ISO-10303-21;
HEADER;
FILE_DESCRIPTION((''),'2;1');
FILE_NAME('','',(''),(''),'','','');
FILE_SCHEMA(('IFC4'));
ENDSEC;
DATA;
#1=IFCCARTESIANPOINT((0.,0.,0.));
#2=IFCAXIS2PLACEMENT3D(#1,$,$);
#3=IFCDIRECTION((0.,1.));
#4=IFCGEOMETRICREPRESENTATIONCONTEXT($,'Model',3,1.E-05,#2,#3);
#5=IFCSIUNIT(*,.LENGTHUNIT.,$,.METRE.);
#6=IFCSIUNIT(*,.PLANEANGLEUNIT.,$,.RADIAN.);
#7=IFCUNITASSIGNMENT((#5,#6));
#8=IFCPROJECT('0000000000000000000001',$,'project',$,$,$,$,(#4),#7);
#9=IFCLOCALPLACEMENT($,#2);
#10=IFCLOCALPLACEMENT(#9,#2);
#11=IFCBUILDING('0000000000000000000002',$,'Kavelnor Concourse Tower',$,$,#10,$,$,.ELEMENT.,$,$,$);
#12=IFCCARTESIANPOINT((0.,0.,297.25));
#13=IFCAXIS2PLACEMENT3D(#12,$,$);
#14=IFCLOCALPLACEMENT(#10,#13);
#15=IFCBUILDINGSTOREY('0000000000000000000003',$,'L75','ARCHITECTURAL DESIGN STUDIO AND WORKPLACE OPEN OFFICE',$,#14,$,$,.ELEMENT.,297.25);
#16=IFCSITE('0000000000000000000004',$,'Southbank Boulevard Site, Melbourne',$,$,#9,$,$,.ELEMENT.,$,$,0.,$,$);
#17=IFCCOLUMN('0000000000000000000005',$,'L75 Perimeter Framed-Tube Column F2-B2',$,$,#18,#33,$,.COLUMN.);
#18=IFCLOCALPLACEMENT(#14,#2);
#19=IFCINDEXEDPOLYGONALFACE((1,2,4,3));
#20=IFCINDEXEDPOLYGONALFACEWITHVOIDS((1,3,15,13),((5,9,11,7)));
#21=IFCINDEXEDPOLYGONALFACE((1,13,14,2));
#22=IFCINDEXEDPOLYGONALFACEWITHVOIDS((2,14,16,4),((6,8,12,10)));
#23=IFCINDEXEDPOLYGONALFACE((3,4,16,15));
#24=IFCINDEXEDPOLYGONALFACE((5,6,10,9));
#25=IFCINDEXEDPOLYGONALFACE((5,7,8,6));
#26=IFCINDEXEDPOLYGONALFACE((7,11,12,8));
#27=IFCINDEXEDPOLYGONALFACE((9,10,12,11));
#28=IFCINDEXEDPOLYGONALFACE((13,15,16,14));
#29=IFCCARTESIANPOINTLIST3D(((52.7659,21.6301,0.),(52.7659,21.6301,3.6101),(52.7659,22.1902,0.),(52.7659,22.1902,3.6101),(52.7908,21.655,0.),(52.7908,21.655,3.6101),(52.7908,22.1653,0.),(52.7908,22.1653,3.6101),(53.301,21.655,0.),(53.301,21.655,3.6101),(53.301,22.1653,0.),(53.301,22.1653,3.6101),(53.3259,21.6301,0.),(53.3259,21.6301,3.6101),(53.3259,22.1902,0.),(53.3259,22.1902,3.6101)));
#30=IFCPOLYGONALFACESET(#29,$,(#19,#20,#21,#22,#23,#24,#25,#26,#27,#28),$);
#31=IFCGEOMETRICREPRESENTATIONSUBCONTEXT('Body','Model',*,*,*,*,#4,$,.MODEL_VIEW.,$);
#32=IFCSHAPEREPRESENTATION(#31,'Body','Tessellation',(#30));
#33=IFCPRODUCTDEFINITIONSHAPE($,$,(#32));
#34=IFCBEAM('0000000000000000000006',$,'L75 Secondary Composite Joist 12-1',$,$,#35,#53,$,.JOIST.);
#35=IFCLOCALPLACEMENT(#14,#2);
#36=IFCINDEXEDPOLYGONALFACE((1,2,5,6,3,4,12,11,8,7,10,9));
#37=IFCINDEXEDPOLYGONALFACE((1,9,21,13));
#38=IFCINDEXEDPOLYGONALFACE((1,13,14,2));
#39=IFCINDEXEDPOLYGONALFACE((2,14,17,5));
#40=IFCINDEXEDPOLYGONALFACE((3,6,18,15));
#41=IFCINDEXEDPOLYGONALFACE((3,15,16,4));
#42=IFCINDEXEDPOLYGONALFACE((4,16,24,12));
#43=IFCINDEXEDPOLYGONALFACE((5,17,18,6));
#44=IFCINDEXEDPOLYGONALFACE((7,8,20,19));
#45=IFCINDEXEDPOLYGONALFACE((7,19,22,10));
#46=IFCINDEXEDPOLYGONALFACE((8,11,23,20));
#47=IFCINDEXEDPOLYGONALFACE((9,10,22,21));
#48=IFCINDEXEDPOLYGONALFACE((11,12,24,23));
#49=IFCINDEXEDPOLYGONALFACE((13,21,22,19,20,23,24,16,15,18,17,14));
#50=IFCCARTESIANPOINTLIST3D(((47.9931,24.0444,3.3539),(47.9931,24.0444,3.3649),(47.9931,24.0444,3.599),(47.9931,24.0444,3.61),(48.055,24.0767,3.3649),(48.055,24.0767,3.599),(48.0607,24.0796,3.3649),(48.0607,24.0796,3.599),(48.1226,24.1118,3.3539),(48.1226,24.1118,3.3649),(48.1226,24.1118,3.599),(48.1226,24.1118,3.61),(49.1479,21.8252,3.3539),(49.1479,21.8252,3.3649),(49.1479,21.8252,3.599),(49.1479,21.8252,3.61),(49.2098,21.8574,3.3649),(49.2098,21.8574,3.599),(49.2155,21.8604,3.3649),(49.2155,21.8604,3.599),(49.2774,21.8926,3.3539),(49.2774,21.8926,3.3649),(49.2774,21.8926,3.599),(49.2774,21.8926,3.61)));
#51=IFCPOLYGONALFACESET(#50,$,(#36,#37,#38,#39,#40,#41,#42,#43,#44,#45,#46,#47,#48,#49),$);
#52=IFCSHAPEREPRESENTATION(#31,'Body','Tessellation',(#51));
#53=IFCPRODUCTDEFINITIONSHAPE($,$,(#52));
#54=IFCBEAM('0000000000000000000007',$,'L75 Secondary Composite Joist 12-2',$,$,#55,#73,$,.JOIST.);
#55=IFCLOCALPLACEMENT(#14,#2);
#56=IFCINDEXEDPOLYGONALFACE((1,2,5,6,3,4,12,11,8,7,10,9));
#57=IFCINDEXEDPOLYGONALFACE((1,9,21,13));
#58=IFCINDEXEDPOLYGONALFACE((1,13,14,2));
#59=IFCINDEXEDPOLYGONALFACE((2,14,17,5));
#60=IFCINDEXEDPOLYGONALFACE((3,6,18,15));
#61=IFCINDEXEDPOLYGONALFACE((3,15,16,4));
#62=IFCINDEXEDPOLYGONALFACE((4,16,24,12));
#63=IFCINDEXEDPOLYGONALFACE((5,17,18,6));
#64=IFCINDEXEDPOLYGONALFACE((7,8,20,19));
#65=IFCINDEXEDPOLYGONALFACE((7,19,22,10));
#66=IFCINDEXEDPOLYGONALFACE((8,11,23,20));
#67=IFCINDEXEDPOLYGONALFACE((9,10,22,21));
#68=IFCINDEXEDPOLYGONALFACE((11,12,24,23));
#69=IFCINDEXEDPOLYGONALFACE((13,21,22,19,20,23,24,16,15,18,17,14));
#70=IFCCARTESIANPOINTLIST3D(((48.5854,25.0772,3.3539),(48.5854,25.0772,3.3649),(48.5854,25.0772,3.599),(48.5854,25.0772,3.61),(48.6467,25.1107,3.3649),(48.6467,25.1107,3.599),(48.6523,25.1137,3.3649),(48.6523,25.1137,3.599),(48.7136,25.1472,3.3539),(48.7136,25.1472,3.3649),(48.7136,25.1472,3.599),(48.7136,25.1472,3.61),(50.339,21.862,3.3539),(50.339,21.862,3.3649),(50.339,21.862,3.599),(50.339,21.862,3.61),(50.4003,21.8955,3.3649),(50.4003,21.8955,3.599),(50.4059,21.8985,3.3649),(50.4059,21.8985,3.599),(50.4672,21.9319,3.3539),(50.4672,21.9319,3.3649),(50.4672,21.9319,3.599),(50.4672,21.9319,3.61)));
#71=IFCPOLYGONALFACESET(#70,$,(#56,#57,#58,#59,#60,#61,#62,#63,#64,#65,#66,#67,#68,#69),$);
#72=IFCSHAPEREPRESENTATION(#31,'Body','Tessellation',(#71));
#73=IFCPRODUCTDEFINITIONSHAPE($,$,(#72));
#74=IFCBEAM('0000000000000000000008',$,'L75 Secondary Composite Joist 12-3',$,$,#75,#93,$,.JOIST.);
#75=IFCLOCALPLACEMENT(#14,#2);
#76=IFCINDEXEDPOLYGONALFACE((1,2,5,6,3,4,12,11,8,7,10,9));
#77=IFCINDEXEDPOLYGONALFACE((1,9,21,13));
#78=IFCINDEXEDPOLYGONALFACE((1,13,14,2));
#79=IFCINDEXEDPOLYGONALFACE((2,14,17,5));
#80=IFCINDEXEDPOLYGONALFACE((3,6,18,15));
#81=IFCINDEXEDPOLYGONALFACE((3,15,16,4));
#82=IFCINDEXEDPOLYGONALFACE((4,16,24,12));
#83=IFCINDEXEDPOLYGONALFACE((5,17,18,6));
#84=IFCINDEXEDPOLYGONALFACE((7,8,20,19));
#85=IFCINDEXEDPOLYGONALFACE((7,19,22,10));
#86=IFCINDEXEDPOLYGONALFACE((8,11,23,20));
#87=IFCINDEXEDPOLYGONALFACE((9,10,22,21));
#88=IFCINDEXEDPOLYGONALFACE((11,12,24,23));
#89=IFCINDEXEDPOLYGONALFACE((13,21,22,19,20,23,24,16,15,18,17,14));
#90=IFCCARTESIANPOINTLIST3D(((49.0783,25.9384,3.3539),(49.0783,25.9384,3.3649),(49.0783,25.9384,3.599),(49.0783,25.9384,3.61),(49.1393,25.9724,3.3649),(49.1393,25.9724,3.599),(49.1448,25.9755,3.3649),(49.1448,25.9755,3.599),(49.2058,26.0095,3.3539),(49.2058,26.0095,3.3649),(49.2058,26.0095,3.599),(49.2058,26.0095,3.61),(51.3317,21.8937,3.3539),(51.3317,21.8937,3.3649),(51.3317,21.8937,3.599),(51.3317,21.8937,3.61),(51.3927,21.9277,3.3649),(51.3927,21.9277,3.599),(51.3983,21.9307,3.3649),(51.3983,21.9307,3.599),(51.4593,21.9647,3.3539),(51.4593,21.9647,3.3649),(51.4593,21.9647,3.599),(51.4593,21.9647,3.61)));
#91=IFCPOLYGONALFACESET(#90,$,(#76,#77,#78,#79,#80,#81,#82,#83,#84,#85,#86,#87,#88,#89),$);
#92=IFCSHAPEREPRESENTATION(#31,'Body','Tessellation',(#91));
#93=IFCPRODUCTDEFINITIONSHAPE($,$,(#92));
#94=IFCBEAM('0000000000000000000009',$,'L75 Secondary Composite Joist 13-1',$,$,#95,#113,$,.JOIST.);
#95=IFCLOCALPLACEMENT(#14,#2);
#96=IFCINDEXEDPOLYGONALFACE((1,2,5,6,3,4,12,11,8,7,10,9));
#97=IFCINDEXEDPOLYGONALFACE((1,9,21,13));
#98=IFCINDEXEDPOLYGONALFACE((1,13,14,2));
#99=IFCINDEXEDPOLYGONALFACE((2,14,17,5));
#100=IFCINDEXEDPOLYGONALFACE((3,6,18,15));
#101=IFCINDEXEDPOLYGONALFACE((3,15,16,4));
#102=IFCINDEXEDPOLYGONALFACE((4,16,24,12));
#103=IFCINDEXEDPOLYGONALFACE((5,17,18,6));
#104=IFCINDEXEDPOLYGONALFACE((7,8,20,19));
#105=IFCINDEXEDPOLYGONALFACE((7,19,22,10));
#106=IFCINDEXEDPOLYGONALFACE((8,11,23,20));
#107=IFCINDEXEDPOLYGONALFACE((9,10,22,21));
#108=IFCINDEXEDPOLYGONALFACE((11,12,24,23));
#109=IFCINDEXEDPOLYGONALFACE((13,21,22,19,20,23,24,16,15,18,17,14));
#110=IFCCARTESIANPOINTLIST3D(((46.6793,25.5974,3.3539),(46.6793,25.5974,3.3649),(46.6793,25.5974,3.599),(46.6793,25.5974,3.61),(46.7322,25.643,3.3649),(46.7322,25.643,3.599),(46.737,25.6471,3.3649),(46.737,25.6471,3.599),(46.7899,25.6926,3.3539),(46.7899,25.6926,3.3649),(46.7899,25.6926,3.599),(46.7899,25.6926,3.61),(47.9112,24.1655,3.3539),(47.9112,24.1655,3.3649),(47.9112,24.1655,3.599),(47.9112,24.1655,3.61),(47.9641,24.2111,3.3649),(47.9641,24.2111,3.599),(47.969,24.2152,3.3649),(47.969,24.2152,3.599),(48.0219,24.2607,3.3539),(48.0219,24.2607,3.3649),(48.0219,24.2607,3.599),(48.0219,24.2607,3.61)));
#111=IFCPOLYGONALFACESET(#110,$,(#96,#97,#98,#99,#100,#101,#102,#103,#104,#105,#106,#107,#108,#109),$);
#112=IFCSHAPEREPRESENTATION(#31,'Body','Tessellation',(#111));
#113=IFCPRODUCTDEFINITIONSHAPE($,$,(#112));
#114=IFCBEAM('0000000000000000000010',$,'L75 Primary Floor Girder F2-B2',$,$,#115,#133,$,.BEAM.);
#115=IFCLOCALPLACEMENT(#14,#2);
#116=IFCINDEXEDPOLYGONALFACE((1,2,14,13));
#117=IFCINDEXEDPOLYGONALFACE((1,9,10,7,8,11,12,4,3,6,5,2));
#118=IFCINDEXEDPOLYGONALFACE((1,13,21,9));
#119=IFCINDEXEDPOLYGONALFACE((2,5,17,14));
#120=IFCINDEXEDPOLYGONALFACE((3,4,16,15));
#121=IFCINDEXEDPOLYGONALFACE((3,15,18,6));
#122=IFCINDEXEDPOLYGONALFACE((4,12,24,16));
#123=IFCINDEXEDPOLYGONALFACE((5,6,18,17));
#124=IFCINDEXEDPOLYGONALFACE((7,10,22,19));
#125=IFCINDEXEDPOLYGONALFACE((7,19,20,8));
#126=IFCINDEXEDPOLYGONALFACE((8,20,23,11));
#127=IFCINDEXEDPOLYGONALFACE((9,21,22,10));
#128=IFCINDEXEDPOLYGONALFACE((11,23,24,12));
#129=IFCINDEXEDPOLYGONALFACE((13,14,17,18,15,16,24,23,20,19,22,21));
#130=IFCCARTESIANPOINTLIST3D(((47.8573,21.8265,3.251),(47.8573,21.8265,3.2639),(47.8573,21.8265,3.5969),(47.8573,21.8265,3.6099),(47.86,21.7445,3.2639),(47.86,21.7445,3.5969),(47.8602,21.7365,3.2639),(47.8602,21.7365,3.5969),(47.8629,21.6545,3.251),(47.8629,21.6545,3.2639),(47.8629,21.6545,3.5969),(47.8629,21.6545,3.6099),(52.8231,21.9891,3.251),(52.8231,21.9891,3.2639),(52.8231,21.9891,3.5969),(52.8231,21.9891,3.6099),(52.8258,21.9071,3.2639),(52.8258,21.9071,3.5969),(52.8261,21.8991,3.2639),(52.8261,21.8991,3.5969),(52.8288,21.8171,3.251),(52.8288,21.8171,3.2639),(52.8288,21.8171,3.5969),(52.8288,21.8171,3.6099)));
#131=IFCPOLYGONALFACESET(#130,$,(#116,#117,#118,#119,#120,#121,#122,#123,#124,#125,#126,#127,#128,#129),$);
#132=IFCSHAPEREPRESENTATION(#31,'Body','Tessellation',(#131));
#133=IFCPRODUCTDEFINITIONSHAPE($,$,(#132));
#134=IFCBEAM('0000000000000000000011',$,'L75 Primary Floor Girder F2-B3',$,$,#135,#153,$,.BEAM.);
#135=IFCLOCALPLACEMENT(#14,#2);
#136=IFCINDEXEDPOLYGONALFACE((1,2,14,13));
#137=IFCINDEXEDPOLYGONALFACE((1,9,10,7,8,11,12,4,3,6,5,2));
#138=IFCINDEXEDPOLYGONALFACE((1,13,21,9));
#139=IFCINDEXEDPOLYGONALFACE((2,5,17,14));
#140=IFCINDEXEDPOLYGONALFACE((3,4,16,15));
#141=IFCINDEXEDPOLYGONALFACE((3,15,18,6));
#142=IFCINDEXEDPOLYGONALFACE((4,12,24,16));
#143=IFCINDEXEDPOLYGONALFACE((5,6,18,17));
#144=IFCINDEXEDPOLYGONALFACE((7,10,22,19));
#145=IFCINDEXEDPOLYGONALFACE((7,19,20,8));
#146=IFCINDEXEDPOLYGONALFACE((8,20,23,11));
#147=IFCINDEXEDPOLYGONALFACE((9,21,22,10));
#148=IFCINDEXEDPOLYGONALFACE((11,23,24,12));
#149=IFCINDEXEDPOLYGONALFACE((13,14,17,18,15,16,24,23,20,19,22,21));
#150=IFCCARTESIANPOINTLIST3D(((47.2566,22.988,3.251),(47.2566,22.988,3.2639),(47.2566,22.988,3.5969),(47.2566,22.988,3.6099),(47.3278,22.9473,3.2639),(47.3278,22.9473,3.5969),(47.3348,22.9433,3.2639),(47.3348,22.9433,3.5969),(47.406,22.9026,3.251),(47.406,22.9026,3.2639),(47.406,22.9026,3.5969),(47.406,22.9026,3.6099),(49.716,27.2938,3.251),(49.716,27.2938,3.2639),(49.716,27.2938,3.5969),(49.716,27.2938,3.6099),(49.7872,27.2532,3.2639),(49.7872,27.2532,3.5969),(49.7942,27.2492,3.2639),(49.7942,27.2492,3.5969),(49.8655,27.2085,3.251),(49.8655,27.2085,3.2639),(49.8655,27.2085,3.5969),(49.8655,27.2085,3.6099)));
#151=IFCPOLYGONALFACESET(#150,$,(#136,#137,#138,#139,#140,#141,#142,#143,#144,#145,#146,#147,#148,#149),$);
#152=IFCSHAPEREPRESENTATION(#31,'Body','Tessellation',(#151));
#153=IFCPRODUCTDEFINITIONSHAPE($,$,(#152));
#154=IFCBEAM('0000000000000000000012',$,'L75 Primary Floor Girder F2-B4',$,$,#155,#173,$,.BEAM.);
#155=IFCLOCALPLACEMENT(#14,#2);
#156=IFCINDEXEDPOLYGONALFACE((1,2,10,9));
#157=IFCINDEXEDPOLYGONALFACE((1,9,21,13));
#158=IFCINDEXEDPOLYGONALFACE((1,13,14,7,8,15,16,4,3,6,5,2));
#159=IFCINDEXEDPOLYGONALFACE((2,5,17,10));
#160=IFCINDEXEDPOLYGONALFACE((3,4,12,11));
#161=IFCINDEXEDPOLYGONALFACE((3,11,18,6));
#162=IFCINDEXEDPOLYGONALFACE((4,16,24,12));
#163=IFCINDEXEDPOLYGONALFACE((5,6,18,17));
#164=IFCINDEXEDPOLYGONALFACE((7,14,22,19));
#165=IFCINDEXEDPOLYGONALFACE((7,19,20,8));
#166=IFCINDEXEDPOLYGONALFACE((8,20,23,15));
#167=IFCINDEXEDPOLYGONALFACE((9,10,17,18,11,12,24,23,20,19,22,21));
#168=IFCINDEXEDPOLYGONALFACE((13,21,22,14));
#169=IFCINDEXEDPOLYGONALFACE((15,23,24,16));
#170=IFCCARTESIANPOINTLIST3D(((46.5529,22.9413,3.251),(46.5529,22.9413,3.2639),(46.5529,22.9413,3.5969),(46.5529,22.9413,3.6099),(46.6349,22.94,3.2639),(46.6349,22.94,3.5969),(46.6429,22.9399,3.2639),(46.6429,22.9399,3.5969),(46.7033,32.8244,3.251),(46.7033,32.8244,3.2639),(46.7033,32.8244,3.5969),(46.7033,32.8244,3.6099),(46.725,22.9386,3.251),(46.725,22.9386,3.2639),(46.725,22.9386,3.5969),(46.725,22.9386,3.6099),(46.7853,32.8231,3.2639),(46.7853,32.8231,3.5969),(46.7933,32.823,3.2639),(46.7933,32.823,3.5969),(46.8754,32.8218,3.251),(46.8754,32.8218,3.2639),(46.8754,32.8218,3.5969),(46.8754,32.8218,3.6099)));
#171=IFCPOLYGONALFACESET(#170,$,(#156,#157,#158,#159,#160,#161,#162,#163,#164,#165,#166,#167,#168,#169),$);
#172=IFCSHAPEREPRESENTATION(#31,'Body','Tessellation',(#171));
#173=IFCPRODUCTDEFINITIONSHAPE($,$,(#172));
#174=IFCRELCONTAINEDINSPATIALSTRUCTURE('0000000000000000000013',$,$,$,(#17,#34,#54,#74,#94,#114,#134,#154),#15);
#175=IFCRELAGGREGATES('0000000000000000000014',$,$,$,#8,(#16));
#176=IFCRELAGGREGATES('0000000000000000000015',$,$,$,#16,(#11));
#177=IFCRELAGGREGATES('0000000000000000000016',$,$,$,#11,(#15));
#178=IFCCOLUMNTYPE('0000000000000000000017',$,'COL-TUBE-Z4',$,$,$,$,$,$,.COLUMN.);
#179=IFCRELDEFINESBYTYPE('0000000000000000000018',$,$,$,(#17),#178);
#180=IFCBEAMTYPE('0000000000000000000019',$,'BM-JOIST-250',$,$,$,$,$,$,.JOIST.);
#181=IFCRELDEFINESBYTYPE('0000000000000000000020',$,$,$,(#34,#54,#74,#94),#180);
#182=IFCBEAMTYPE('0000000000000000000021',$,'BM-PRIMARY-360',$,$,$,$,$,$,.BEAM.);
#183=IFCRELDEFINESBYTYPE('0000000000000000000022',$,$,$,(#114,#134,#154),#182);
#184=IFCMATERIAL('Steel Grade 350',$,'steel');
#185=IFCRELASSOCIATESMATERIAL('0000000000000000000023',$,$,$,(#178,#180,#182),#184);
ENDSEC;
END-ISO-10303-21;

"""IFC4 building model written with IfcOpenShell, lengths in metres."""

from ifc_helpers import new_model, si_unit, direction, frame, origin, origin_2d, place, context, subcontext, project, spatial, hollow_rectangle, i_section, extrude, material, material_profile, profile_set, type_object, element, save


model = new_model("IFC4")

# Units and contexts
model_context = context("Model", 3, precision=1e-05, world=origin(), true_north=direction((0.0, 1.0)))
body_context = subcontext(model_context, "Body", "Model", "MODEL_VIEW")
ifc_project = project(units=[si_unit("LENGTHUNIT", "METRE"), si_unit("PLANEANGLEUNIT", "RADIAN")], contexts=[model_context])

# Site, building, storey
site_placement = place(None, origin())
site = spatial("IfcSite", under=ifc_project, at=site_placement, Name="Southbank Boulevard Site, Melbourne", CompositionType="ELEMENT", RefElevation=0.0)
building_placement = place(site_placement, origin())
building = spatial("IfcBuilding", under=site, at=building_placement, Name="Kavelnor Concourse Tower", CompositionType="ELEMENT")
storey_placement = place(building_placement, frame((0.0, 0.0, 297.25)))
storey = spatial("IfcBuildingStorey", under=building, at=storey_placement, Name="L75", Description="ARCHITECTURAL DESIGN STUDIO AND WORKPLACE OPEN OFFICE", CompositionType="ELEMENT", Elevation=297.25)

# Column
ifc_material_1 = material(Name="Steel Grade 350", Category="steel")
ifc_material_profile_1 = material_profile(ifc_material_1, hollow_rectangle(XDim=0.5601, YDim=0.5601, WallThickness=0.0249, at=origin_2d()), Name="SHS 560x560x25")
ifc_profile_set_1 = profile_set([ifc_material_profile_1], Name="Steel Grade 350")
column_type = type_object("IfcColumnType", Name="COL-TUBE-Z4", PredefinedType="COLUMN", material=ifc_profile_set_1)
column_placement = place(storey_placement, frame((53.0459, 21.9102, 0.0), z_axis=(0.0, 0.0, 1.0), x_axis=(1.0, 0.0, 0.0)))
element("IfcColumn", 1, at=column_placement, inside=storey, type_object=column_type, Name="L75 Perimeter Framed-Tube Column F2-B2", PredefinedType="COLUMN", context=body_context, shape_type="SweptSolid", body=[
    extrude(hollow_rectangle(XDim=0.5601, YDim=0.5601, WallThickness=0.0249, at=origin_2d()), origin(), (0.0, 0.0, 1.0), 3.6101),
])

# Beams
ifc_material_profile_2 = material_profile(ifc_material_1, i_section(OverallWidth=0.146, OverallDepth=0.2561, WebThickness=0.0063, FlangeThickness=0.011, at=origin_2d()), Name="250UB37")
ifc_profile_set_2 = profile_set([ifc_material_profile_2], Name="Steel Grade 350")
beam_type_1 = type_object("IfcBeamType", Name="BM-JOIST-250", PredefinedType="JOIST", material=ifc_profile_set_2)
beam_1_placement = place(storey_placement, frame((49.2126, 21.8589, 3.4819), z_axis=(-0.461599, 0.887089, 0.0), x_axis=(-0.887089, -0.461599, 0.0)))
element("IfcBeam", 2, at=beam_1_placement, inside=storey, type_object=beam_type_1, Name="L75 Secondary Composite Joist 12-1", PredefinedType="JOIST", context=body_context, shape_type="SweptSolid", body=[
    extrude(i_section(OverallWidth=0.146, OverallDepth=0.2561, WebThickness=0.0063, FlangeThickness=0.011, at=origin_2d()), origin(), (0.0, 0.0, 1.0), 2.5017),
])
beam_2_placement = place(storey_placement, frame((50.4031, 21.897, 3.4819), z_axis=(-0.478819, 0.877913, 0.0), x_axis=(-0.877913, -0.478819, 0.0)))
element("IfcBeam", 3, at=beam_2_placement, inside=storey, type_object=beam_type_1, Name="L75 Secondary Composite Joist 12-2", PredefinedType="JOIST", context=body_context, shape_type="SweptSolid", body=[
    extrude(i_section(OverallWidth=0.146, OverallDepth=0.2561, WebThickness=0.0063, FlangeThickness=0.011, at=origin_2d()), origin(), (0.0, 0.0, 1.0), 3.6624),
])
beam_3_placement = place(storey_placement, frame((51.3955, 21.9292, 3.4819), z_axis=(-0.486695, 0.873572, 0.0), x_axis=(-0.873572, -0.486695, 0.0)))
element("IfcBeam", 4, at=beam_3_placement, inside=storey, type_object=beam_type_1, Name="L75 Secondary Composite Joist 12-3", PredefinedType="JOIST", context=body_context, shape_type="SweptSolid", body=[
    extrude(i_section(OverallWidth=0.146, OverallDepth=0.2561, WebThickness=0.0063, FlangeThickness=0.011, at=origin_2d()), origin(), (0.0, 0.0, 1.0), 4.6301),
])
beam_4_placement = place(storey_placement, frame((47.9666, 24.2131, 3.4819), z_axis=(-0.652195, 0.758051, 0.0), x_axis=(-0.758051, -0.652195, 0.0)))
element("IfcBeam", 5, at=beam_4_placement, inside=storey, type_object=beam_type_1, Name="L75 Secondary Composite Joist 13-1", PredefinedType="JOIST", context=body_context, shape_type="SweptSolid", body=[
    extrude(i_section(OverallWidth=0.146, OverallDepth=0.2561, WebThickness=0.0063, FlangeThickness=0.011, at=origin_2d()), origin(), (0.0, 0.0, 1.0), 1.8889),
])
ifc_material_profile_3 = material_profile(ifc_material_1, i_section(OverallWidth=0.1721, OverallDepth=0.3589, WebThickness=0.0081, FlangeThickness=0.0129, at=origin_2d()), Name="360UB56")
ifc_profile_set_3 = profile_set([ifc_material_profile_3], Name="Steel Grade 350")
beam_type_2 = type_object("IfcBeamType", Name="BM-PRIMARY-360", PredefinedType="BEAM", material=ifc_profile_set_3)
beam_5_placement = place(storey_placement, frame((47.8601, 21.7405, 3.4304), z_axis=(0.999464, 0.032726, 0.0), x_axis=(-0.032726, 0.999464, 0.0)))
element("IfcBeam", 6, at=beam_5_placement, inside=storey, type_object=beam_type_2, Name="L75 Primary Floor Girder F2-B2", PredefinedType="BEAM", context=body_context, shape_type="SweptSolid", body=[
    extrude(i_section(OverallWidth=0.1721, OverallDepth=0.3589, WebThickness=0.0081, FlangeThickness=0.0129, at=origin_2d()), origin(), (0.0, 0.0, 1.0), 4.9685),
])
beam_6_placement = place(storey_placement, frame((47.3313, 22.9453, 3.4304), z_axis=(0.49598, 0.868334, 0.0), x_axis=(-0.868334, 0.49598, 0.0)))
element("IfcBeam", 7, at=beam_6_placement, inside=storey, type_object=beam_type_2, Name="L75 Primary Floor Girder F2-B3", PredefinedType="BEAM", context=body_context, shape_type="SweptSolid", body=[
    extrude(i_section(OverallWidth=0.1721, OverallDepth=0.3589, WebThickness=0.0081, FlangeThickness=0.0129, at=origin_2d()), origin(), (0.0, 0.0, 1.0), 4.9587),
])
beam_7_placement = place(storey_placement, frame((46.6389, 22.9399, 3.4304), z_axis=(0.015215, 0.999884, 0.0), x_axis=(-0.999884, 0.015215, 0.0)))
element("IfcBeam", 8, at=beam_7_placement, inside=storey, type_object=beam_type_2, Name="L75 Primary Floor Girder F2-B4", PredefinedType="BEAM", context=body_context, shape_type="SweptSolid", body=[
    extrude(i_section(OverallWidth=0.1721, OverallDepth=0.3589, WebThickness=0.0081, FlangeThickness=0.0129, at=origin_2d()), origin(), (0.0, 0.0, 1.0), 9.8843),
])

save(model, "model.ifc")
